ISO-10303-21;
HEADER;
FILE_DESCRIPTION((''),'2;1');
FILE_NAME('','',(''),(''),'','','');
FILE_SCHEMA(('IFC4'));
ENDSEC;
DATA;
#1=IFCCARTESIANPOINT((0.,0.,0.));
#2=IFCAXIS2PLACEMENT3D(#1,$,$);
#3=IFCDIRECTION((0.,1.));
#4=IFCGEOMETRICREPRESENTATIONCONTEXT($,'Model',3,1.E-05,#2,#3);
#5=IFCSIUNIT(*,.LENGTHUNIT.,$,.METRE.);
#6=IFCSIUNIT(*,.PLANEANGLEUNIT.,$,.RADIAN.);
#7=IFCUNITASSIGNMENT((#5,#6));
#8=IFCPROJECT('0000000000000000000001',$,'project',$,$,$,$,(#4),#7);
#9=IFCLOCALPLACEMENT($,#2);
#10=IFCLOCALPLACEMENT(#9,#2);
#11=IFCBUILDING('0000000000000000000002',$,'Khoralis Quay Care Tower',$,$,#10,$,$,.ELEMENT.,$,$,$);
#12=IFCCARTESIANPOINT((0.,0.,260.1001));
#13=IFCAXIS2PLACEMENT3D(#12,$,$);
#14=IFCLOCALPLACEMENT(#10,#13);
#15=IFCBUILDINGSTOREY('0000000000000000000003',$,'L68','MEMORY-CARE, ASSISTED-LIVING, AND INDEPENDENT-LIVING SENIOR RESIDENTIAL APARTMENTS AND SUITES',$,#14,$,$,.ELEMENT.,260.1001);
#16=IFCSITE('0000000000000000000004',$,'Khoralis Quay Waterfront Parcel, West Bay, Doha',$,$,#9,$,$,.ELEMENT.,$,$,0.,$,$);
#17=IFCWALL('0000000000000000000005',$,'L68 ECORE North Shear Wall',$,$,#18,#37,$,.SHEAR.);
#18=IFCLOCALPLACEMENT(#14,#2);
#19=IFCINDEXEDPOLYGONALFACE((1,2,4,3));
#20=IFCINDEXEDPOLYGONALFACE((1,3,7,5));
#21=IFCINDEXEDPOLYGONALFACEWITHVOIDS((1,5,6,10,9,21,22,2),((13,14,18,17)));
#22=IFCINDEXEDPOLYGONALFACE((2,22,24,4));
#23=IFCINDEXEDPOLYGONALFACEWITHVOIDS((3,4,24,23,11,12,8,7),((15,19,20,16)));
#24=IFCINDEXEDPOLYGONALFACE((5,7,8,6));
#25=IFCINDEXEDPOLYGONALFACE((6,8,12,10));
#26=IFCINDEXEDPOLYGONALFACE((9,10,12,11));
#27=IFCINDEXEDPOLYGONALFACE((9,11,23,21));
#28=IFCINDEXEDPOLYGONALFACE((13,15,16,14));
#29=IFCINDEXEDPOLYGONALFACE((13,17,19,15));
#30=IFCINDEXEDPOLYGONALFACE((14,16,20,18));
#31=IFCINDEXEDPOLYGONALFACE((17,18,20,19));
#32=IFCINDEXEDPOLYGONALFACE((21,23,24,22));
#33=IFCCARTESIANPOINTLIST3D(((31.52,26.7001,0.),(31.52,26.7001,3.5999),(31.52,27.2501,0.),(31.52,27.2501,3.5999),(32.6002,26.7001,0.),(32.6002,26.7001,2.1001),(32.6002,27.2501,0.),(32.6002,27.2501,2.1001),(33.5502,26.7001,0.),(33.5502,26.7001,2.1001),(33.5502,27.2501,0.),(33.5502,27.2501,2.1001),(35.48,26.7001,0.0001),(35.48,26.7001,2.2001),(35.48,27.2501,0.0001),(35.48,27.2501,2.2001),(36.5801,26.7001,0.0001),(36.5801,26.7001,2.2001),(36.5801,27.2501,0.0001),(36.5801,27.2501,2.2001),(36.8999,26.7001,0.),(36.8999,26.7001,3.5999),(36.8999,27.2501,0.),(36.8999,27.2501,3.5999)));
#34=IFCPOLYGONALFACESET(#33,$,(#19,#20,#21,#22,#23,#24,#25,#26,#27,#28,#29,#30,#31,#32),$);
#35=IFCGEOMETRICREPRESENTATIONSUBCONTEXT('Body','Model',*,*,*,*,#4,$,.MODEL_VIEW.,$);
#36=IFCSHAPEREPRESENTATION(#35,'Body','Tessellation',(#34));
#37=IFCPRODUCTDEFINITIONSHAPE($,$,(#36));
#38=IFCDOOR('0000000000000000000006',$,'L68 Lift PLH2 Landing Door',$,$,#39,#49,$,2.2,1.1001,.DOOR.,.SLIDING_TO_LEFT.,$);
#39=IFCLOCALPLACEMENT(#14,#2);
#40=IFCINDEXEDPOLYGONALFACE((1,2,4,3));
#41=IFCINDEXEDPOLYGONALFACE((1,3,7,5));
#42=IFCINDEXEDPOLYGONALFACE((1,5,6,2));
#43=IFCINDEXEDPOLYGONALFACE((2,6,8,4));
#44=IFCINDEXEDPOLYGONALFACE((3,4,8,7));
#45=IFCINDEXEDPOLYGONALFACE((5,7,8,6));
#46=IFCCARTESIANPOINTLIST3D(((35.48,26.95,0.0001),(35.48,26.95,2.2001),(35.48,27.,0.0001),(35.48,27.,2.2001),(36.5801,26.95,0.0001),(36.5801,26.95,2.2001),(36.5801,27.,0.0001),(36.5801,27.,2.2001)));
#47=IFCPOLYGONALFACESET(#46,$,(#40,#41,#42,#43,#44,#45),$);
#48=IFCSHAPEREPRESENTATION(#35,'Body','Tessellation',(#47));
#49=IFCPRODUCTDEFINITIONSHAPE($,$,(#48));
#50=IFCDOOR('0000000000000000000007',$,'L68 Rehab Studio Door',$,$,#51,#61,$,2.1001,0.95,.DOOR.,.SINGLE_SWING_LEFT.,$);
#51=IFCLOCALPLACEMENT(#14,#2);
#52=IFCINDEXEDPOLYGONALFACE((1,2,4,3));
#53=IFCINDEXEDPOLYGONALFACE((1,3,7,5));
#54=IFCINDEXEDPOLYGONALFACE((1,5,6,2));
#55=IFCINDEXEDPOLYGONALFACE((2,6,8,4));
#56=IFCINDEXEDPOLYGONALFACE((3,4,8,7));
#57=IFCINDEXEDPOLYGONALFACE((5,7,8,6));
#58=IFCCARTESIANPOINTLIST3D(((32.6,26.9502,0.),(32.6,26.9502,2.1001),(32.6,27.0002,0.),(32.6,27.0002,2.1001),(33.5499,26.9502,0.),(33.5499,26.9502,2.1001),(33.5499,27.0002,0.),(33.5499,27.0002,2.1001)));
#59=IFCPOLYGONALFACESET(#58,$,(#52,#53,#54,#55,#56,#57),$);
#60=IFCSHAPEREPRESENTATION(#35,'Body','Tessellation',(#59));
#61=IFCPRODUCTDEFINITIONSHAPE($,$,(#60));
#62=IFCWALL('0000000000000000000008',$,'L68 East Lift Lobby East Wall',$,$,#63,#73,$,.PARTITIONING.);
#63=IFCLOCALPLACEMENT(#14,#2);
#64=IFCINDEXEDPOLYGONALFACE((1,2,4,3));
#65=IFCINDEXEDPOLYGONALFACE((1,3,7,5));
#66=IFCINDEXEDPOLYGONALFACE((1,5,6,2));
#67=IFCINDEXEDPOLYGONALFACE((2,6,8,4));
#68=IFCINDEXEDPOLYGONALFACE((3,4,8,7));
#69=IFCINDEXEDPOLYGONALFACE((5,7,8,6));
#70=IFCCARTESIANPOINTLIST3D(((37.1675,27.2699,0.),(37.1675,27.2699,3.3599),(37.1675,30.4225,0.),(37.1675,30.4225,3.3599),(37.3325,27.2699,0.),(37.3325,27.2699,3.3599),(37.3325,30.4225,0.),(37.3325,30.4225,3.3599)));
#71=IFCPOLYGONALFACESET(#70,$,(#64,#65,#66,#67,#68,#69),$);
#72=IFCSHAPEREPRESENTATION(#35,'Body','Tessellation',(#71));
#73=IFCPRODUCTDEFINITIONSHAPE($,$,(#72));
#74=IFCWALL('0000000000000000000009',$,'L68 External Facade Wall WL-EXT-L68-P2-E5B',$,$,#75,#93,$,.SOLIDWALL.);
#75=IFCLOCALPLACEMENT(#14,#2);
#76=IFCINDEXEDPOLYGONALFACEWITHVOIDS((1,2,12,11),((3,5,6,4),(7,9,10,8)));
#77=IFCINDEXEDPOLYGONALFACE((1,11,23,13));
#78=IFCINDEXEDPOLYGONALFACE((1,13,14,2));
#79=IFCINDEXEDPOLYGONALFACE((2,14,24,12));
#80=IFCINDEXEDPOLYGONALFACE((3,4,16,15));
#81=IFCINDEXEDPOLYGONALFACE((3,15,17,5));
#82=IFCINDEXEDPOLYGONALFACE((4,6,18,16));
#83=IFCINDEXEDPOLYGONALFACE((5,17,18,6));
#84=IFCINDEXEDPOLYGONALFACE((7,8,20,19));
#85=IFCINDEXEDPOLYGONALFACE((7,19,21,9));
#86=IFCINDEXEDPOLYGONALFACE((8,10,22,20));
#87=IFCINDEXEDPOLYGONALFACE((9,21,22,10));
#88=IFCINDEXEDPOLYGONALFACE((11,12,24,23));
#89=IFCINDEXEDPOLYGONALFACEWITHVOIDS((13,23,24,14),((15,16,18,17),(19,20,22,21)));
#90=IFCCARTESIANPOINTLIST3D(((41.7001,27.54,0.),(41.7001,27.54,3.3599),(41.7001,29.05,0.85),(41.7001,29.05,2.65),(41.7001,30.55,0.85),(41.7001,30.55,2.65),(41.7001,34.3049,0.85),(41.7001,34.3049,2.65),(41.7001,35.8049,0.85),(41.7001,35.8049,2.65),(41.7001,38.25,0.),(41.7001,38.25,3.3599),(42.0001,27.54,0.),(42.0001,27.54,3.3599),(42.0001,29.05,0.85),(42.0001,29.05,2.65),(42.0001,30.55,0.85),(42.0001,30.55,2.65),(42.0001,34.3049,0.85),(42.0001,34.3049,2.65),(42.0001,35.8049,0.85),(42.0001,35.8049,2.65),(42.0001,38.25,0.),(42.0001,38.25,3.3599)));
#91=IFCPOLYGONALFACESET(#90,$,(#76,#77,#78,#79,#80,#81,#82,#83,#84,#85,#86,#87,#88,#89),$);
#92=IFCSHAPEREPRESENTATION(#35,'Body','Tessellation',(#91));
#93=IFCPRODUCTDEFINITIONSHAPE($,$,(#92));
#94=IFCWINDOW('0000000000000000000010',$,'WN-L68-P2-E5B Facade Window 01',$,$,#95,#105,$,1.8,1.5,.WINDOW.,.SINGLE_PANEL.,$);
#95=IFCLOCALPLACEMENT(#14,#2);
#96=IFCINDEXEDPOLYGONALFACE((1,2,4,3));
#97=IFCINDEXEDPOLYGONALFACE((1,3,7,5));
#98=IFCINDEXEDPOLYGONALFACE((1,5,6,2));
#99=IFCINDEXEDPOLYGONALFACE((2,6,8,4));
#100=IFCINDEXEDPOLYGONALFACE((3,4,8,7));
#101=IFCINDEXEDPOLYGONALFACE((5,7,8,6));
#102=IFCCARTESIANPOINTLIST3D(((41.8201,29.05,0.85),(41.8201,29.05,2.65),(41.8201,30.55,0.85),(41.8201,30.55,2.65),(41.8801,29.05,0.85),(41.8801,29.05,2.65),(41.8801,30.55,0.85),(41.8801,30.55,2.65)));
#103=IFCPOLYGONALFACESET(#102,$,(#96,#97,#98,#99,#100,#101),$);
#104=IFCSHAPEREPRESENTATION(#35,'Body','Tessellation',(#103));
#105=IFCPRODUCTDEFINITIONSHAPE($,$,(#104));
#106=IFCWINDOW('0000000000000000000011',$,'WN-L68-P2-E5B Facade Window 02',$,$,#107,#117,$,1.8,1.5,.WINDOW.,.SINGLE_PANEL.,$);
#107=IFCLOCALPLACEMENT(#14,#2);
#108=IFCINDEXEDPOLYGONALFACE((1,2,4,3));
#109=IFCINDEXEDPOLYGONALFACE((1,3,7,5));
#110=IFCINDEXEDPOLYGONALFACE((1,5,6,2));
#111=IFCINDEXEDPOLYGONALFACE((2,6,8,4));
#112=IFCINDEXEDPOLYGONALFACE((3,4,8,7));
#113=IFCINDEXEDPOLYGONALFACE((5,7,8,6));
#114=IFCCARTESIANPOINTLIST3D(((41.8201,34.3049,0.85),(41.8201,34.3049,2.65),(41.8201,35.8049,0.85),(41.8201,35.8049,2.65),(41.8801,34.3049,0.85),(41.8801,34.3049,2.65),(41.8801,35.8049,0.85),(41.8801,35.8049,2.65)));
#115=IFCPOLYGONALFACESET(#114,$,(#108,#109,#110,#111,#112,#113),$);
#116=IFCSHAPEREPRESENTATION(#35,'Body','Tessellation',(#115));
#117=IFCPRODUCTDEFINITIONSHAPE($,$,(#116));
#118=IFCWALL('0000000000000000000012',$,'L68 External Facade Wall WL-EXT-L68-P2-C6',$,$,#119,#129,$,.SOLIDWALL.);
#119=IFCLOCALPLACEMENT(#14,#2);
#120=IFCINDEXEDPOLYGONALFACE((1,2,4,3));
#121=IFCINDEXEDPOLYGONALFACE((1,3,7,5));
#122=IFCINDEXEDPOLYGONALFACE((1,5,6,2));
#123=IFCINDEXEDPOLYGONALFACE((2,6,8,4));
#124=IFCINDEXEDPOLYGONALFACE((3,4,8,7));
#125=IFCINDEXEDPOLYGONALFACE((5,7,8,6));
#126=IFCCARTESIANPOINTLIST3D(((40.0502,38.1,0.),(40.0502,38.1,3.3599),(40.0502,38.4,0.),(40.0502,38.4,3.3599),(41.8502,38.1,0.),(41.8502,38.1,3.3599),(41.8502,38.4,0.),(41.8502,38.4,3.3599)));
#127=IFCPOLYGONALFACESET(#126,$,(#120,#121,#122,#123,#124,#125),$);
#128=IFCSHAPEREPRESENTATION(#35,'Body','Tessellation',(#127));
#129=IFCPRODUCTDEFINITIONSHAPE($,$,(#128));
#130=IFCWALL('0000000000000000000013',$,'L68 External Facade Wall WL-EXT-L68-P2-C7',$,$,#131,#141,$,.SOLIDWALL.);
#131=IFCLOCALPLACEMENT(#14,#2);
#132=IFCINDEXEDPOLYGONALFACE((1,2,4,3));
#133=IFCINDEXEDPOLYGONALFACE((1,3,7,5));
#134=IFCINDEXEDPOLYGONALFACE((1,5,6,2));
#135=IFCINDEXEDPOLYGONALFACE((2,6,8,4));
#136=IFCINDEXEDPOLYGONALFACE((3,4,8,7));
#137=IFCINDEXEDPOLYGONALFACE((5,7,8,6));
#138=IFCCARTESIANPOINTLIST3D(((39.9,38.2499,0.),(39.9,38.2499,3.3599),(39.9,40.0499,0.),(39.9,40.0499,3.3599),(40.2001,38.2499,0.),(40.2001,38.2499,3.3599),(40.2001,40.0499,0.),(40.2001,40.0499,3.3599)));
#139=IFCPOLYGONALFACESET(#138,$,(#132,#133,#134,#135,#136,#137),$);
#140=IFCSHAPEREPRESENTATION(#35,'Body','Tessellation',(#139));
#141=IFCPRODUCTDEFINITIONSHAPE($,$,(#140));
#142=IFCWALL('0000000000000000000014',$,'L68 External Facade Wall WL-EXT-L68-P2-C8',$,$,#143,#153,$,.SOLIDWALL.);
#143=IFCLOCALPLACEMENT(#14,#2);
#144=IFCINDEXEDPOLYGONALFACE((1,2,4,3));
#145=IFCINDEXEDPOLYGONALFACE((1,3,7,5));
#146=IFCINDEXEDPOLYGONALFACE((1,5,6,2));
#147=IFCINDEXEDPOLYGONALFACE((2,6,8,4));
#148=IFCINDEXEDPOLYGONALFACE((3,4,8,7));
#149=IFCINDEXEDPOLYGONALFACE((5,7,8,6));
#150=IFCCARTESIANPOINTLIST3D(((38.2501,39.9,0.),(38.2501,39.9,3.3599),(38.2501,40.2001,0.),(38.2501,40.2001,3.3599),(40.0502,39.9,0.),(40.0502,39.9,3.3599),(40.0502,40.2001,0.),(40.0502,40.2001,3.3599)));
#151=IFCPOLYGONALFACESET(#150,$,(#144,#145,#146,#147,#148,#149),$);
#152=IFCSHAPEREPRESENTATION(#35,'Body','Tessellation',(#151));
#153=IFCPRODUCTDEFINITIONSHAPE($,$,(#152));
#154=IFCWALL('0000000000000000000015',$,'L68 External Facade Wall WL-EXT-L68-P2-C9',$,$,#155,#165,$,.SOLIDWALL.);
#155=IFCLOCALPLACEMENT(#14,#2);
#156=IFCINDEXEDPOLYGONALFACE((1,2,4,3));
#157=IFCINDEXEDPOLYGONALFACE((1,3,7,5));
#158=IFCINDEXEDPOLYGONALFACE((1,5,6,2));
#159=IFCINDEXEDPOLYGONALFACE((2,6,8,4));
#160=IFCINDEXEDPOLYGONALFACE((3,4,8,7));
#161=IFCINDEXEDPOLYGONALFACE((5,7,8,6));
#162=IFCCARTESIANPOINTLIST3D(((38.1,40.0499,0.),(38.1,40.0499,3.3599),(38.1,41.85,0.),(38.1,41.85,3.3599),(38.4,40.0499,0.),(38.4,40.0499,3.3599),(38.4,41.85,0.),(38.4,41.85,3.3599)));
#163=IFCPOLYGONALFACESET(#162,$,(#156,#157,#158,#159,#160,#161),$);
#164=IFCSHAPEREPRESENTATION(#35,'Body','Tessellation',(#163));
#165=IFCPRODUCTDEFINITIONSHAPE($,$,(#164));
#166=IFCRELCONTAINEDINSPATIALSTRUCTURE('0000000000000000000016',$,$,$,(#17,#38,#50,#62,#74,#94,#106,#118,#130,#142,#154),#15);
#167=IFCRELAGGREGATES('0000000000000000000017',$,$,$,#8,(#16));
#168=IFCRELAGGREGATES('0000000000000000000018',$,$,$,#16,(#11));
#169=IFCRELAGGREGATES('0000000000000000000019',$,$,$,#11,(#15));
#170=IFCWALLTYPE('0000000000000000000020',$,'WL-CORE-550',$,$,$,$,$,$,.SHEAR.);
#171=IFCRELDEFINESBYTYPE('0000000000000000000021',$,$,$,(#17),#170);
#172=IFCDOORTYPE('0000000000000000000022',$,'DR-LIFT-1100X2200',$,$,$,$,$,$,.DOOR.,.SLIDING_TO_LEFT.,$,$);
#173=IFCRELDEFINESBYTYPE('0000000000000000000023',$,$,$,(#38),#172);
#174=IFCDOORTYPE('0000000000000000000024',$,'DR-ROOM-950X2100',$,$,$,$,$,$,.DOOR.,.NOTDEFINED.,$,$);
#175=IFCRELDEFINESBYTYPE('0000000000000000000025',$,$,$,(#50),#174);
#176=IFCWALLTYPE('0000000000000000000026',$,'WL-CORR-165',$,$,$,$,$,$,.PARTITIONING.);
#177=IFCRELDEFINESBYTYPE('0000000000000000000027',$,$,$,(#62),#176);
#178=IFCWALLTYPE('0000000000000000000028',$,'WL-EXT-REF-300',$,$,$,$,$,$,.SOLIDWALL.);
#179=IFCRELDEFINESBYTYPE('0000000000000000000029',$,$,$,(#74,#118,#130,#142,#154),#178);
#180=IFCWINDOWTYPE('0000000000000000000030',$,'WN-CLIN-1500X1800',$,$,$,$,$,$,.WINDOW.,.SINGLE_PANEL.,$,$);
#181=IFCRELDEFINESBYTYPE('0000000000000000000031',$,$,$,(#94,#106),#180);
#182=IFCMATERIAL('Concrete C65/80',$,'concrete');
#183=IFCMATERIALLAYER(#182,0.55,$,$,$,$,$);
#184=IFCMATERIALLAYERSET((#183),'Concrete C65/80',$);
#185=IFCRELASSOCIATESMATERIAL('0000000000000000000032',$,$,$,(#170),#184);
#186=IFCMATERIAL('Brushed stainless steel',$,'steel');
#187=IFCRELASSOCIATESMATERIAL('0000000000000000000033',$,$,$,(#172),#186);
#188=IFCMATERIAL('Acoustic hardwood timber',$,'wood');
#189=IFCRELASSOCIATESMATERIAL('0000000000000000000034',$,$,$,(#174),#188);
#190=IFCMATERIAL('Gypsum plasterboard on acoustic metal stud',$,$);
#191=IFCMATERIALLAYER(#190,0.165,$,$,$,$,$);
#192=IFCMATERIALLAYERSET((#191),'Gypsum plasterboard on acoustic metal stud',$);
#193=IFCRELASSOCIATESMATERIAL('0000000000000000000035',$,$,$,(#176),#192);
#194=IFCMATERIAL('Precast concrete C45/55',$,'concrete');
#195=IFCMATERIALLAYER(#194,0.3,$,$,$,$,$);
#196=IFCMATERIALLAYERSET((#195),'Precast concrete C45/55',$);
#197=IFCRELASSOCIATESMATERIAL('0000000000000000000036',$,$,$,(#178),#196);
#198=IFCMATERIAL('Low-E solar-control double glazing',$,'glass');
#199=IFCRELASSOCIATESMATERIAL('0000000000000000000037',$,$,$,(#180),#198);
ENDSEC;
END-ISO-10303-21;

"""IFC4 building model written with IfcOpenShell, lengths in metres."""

from ifc_helpers import new_model, si_unit, direction, frame, frame_2d, origin, place, context, subcontext, project, spatial, rectangle, extrude, source, transform, mapped, material, layer, layer_set, type_object, element, fill, save


model = new_model("IFC4")

# Units and contexts
model_context = context("Model", 3, precision=1e-05, world=origin(), true_north=direction((0.0, 1.0)))
body_context = subcontext(model_context, "Body", "Model", "MODEL_VIEW")
ifc_project = project(units=[si_unit("LENGTHUNIT", "METRE"), si_unit("PLANEANGLEUNIT", "RADIAN")], contexts=[model_context])

# Site, building, storey
site_placement = place(None, origin())
site = spatial("IfcSite", under=ifc_project, at=site_placement, Name="Khoralis Quay Waterfront Parcel, West Bay, Doha", CompositionType="ELEMENT", RefElevation=0.0)
building_placement = place(site_placement, origin())
building = spatial("IfcBuilding", under=site, at=building_placement, Name="Khoralis Quay Care Tower", CompositionType="ELEMENT")
storey_placement = place(building_placement, frame((0.0, 0.0, 260.1001)))
storey = spatial("IfcBuildingStorey", under=building, at=storey_placement, Name="L68", Description="MEMORY-CARE, ASSISTED-LIVING, AND INDEPENDENT-LIVING SENIOR RESIDENTIAL APARTMENTS AND SUITES", CompositionType="ELEMENT", Elevation=260.1001)

# Wall, openings, doors
ifc_material_1 = material(Name="Concrete C65/80", Category="concrete")
ifc_layer_1 = layer(ifc_material_1, 0.55)
ifc_layer_set_1 = layer_set([ifc_layer_1], Name="Concrete C65/80")
wall_type_1 = type_object("IfcWallType", Name="WL-CORE-550", PredefinedType="SHEAR", material=ifc_layer_set_1)
wall_1_placement = place(storey_placement, frame((31.52, 26.9751, 0.0), z_axis=(0.0, 0.0, 1.0), x_axis=(1.0, 0.0, 0.0)))
wall_1 = element("IfcWall", 1, at=wall_1_placement, inside=storey, type_object=wall_type_1, Name="L68 ECORE North Shear Wall", PredefinedType="SHEAR", context=body_context, shape_type="SweptSolid", body=[
    extrude(rectangle(XDim=5.3799, YDim=0.55, at=frame_2d((2.6899, 0.0))), origin(), (0.0, 0.0, 1.0), 3.5999),
])
opening_1_placement = place(wall_1_placement, frame((1.0801, 0.0, 0.0)))
opening_1 = element("IfcOpeningElement", 2, at=opening_1_placement, cuts=wall_1, PredefinedType="OPENING", context=body_context, shape_type="SweptSolid", body=[
    extrude(rectangle(XDim=0.95, YDim=2.1001, at=frame_2d((0.4751, 1.05))), frame((0.0, 0.2852, 0.0), z_axis=(0.0, -1.0, 0.0), x_axis=(1.0, 0.0, 0.0)), (0.0, 0.0, 1.0), 0.5701),
])
opening_2_placement = place(wall_1_placement, frame((3.96, 0.0, 0.0)))
opening_2 = element("IfcOpeningElement", 3, at=opening_2_placement, cuts=wall_1, PredefinedType="OPENING", context=body_context, shape_type="SweptSolid", body=[
    extrude(rectangle(XDim=1.1001, YDim=2.2, at=frame_2d((0.55, 1.1001))), frame((0.0, 0.2852, 0.0), z_axis=(0.0, -1.0, 0.0), x_axis=(1.0, 0.0, 0.0)), (0.0, 0.0, 1.0), 0.5701),
])
ifc_material_2 = material(Name="Brushed stainless steel", Category="steel")
door_type_1 = type_object("IfcDoorType", Name="DR-LIFT-1100X2200", OperationType="SLIDING_TO_LEFT", PredefinedType="DOOR", material=ifc_material_2)
shared_shape_1 = source(origin(), body_context, "Body", "SweptSolid", [
    extrude(rectangle(XDim=1.1001, YDim=2.2, at=frame_2d((0.55, 1.1001))), frame((0.0, 0.0249, 0.0), z_axis=(0.0, -1.0, 0.0), x_axis=(1.0, 0.0, 0.0)), (0.0, 0.0, 1.0), 0.05),
])
door_1_placement = place(opening_2_placement, origin())
door_1 = element("IfcDoor", 4, at=door_1_placement, inside=storey, type_object=door_type_1, Name="L68 Lift PLH2 Landing Door", OperationType="SLIDING_TO_LEFT", OverallHeight=2.2, OverallWidth=1.1001, PredefinedType="DOOR", context=body_context, shape_type="MappedRepresentation", body=[
    mapped(shared_shape_1, transform((0.0, 0.0, 0.0), scale=1.0)),
])
fill(opening_2, door_1)
ifc_material_3 = material(Name="Acoustic hardwood timber", Category="wood")
door_type_2 = type_object("IfcDoorType", Name="DR-ROOM-950X2100", OperationType="NOTDEFINED", PredefinedType="DOOR", material=ifc_material_3)
shared_shape_2 = source(origin(), body_context, "Body", "SweptSolid", [
    extrude(rectangle(XDim=0.95, YDim=2.1001, at=frame_2d((0.4751, 1.05))), frame((0.0, 0.0249, 0.0), z_axis=(0.0, -1.0, 0.0), x_axis=(1.0, 0.0, 0.0)), (0.0, 0.0, 1.0), 0.05),
])
door_2_placement = place(opening_1_placement, frame((0.95, 0.0, 0.0), z_axis=(0.0, 0.0, 1.0), x_axis=(-1.0, 0.0, 0.0)))
door_2 = element("IfcDoor", 5, at=door_2_placement, inside=storey, type_object=door_type_2, Name="L68 Rehab Studio Door", OperationType="SINGLE_SWING_LEFT", OverallHeight=2.1001, OverallWidth=0.95, PredefinedType="DOOR", context=body_context, shape_type="MappedRepresentation", body=[
    mapped(shared_shape_2, transform((0.0, 0.0, 0.0), scale=1.0)),
])
fill(opening_1, door_2)

# Wall
ifc_material_4 = material(Name="Gypsum plasterboard on acoustic metal stud")
ifc_layer_2 = layer(ifc_material_4, 0.165)
ifc_layer_set_2 = layer_set([ifc_layer_2], Name="Gypsum plasterboard on acoustic metal stud")
wall_type_2 = type_object("IfcWallType", Name="WL-CORR-165", PredefinedType="PARTITIONING", material=ifc_layer_set_2)
wall_2_placement = place(storey_placement, frame((37.25, 27.27, 0.0), z_axis=(0.0, 0.0, 1.0), x_axis=(0.0, 1.0, 0.0)))
element("IfcWall", 6, at=wall_2_placement, inside=storey, type_object=wall_type_2, Name="L68 East Lift Lobby East Wall", PredefinedType="PARTITIONING", context=body_context, shape_type="SweptSolid", body=[
    extrude(rectangle(XDim=3.1526, YDim=0.165, at=frame_2d((1.5762, 0.0))), origin(), (0.0, 0.0, 1.0), 3.3599),
])

# Wall, openings, windows
ifc_material_5 = material(Name="Precast concrete C45/55", Category="concrete")
ifc_layer_3 = layer(ifc_material_5, 0.3)
ifc_layer_set_3 = layer_set([ifc_layer_3], Name="Precast concrete C45/55")
wall_type_3 = type_object("IfcWallType", Name="WL-EXT-REF-300", PredefinedType="SOLIDWALL", material=ifc_layer_set_3)
wall_3_placement = place(storey_placement, frame((41.8501, 27.54, 0.0), z_axis=(0.0, 0.0, 1.0), x_axis=(0.0, 1.0, 0.0)))
wall_3 = element("IfcWall", 7, at=wall_3_placement, inside=storey, type_object=wall_type_3, Name="L68 External Facade Wall WL-EXT-L68-P2-E5B", PredefinedType="SOLIDWALL", context=body_context, shape_type="SweptSolid", body=[
    extrude(rectangle(XDim=10.71, YDim=0.3, at=frame_2d((5.355, 0.0))), origin(), (0.0, 0.0, 1.0), 3.3599),
])
opening_3_placement = place(wall_3_placement, frame((1.51, 0.0, 0.8501)))
opening_3 = element("IfcOpeningElement", 8, at=opening_3_placement, cuts=wall_3, PredefinedType="OPENING", context=body_context, shape_type="SweptSolid", body=[
    extrude(rectangle(XDim=1.5, YDim=1.8, at=frame_2d((0.75, 0.8999))), frame((0.0, 0.1602, 0.0), z_axis=(0.0, -1.0, 0.0), x_axis=(1.0, 0.0, 0.0)), (0.0, 0.0, 1.0), 0.3201),
])
opening_4_placement = place(wall_3_placement, frame((6.7649, 0.0, 0.8501)))
opening_4 = element("IfcOpeningElement", 9, at=opening_4_placement, cuts=wall_3, PredefinedType="OPENING", context=body_context, shape_type="SweptSolid", body=[
    extrude(rectangle(XDim=1.5, YDim=1.8, at=frame_2d((0.75, 0.8999))), frame((0.0, 0.1602, 0.0), z_axis=(0.0, -1.0, 0.0), x_axis=(1.0, 0.0, 0.0)), (0.0, 0.0, 1.0), 0.3201),
])
ifc_material_6 = material(Name="Low-E solar-control double glazing", Category="glass")
window_type = type_object("IfcWindowType", Name="WN-CLIN-1500X1800", PartitioningType="SINGLE_PANEL", PredefinedType="WINDOW", material=ifc_material_6)
shared_shape_3 = source(origin(), body_context, "Body", "SweptSolid", [
    extrude(rectangle(XDim=1.5, YDim=1.8, at=frame_2d((0.75, 0.8999))), frame((0.0, 0.03, 0.0), z_axis=(0.0, -1.0, 0.0), x_axis=(1.0, 0.0, 0.0)), (0.0, 0.0, 1.0), 0.0601),
])
window_1_placement = place(opening_3_placement, origin())
window_1 = element("IfcWindow", 10, at=window_1_placement, inside=storey, type_object=window_type, Name="WN-L68-P2-E5B Facade Window 01", OverallHeight=1.8, OverallWidth=1.5, PartitioningType="SINGLE_PANEL", PredefinedType="WINDOW", context=body_context, shape_type="MappedRepresentation", body=[
    mapped(shared_shape_3, transform((0.0, 0.0, 0.0), scale=1.0)),
])
fill(opening_3, window_1)
window_2_placement = place(opening_4_placement, origin())
window_2 = element("IfcWindow", 11, at=window_2_placement, inside=storey, type_object=window_type, Name="WN-L68-P2-E5B Facade Window 02", OverallHeight=1.8, OverallWidth=1.5, PartitioningType="SINGLE_PANEL", PredefinedType="WINDOW", context=body_context, shape_type="MappedRepresentation", body=[
    mapped(shared_shape_3, transform((0.0, 0.0, 0.0), scale=1.0)),
])
fill(opening_4, window_2)

# Walls
for number, where, z_axis, x_axis, name in (
    (12, (41.8501, 38.25, 0.0), (0.0, 0.0, 1.0), (-1.0, 0.0, 0.0), "L68 External Facade Wall WL-EXT-L68-P2-C6"),
    (13, (40.05, 38.25, 0.0), (0.0, 0.0, 1.0), (0.0, 1.0, 0.0), "L68 External Facade Wall WL-EXT-L68-P2-C7"),
    (14, (40.05, 40.05, 0.0), (0.0, 0.0, 1.0), (-1.0, 0.0, 0.0), "L68 External Facade Wall WL-EXT-L68-P2-C8"),
    (15, (38.25, 40.05, 0.0), (0.0, 0.0, 1.0), (0.0, 1.0, 0.0), "L68 External Facade Wall WL-EXT-L68-P2-C9"),
):
    element("IfcWall", number, at=place(storey_placement, frame(where, z_axis=z_axis, x_axis=x_axis)), inside=storey, type_object=wall_type_3, Name=name, PredefinedType="SOLIDWALL", context=body_context, shape_type="SweptSolid", body=[
        extrude(rectangle(XDim=1.8, YDim=0.3, at=frame_2d((0.8999, 0.0))), origin(), (0.0, 0.0, 1.0), 3.3599),
    ])

save(model, "model.ifc")
